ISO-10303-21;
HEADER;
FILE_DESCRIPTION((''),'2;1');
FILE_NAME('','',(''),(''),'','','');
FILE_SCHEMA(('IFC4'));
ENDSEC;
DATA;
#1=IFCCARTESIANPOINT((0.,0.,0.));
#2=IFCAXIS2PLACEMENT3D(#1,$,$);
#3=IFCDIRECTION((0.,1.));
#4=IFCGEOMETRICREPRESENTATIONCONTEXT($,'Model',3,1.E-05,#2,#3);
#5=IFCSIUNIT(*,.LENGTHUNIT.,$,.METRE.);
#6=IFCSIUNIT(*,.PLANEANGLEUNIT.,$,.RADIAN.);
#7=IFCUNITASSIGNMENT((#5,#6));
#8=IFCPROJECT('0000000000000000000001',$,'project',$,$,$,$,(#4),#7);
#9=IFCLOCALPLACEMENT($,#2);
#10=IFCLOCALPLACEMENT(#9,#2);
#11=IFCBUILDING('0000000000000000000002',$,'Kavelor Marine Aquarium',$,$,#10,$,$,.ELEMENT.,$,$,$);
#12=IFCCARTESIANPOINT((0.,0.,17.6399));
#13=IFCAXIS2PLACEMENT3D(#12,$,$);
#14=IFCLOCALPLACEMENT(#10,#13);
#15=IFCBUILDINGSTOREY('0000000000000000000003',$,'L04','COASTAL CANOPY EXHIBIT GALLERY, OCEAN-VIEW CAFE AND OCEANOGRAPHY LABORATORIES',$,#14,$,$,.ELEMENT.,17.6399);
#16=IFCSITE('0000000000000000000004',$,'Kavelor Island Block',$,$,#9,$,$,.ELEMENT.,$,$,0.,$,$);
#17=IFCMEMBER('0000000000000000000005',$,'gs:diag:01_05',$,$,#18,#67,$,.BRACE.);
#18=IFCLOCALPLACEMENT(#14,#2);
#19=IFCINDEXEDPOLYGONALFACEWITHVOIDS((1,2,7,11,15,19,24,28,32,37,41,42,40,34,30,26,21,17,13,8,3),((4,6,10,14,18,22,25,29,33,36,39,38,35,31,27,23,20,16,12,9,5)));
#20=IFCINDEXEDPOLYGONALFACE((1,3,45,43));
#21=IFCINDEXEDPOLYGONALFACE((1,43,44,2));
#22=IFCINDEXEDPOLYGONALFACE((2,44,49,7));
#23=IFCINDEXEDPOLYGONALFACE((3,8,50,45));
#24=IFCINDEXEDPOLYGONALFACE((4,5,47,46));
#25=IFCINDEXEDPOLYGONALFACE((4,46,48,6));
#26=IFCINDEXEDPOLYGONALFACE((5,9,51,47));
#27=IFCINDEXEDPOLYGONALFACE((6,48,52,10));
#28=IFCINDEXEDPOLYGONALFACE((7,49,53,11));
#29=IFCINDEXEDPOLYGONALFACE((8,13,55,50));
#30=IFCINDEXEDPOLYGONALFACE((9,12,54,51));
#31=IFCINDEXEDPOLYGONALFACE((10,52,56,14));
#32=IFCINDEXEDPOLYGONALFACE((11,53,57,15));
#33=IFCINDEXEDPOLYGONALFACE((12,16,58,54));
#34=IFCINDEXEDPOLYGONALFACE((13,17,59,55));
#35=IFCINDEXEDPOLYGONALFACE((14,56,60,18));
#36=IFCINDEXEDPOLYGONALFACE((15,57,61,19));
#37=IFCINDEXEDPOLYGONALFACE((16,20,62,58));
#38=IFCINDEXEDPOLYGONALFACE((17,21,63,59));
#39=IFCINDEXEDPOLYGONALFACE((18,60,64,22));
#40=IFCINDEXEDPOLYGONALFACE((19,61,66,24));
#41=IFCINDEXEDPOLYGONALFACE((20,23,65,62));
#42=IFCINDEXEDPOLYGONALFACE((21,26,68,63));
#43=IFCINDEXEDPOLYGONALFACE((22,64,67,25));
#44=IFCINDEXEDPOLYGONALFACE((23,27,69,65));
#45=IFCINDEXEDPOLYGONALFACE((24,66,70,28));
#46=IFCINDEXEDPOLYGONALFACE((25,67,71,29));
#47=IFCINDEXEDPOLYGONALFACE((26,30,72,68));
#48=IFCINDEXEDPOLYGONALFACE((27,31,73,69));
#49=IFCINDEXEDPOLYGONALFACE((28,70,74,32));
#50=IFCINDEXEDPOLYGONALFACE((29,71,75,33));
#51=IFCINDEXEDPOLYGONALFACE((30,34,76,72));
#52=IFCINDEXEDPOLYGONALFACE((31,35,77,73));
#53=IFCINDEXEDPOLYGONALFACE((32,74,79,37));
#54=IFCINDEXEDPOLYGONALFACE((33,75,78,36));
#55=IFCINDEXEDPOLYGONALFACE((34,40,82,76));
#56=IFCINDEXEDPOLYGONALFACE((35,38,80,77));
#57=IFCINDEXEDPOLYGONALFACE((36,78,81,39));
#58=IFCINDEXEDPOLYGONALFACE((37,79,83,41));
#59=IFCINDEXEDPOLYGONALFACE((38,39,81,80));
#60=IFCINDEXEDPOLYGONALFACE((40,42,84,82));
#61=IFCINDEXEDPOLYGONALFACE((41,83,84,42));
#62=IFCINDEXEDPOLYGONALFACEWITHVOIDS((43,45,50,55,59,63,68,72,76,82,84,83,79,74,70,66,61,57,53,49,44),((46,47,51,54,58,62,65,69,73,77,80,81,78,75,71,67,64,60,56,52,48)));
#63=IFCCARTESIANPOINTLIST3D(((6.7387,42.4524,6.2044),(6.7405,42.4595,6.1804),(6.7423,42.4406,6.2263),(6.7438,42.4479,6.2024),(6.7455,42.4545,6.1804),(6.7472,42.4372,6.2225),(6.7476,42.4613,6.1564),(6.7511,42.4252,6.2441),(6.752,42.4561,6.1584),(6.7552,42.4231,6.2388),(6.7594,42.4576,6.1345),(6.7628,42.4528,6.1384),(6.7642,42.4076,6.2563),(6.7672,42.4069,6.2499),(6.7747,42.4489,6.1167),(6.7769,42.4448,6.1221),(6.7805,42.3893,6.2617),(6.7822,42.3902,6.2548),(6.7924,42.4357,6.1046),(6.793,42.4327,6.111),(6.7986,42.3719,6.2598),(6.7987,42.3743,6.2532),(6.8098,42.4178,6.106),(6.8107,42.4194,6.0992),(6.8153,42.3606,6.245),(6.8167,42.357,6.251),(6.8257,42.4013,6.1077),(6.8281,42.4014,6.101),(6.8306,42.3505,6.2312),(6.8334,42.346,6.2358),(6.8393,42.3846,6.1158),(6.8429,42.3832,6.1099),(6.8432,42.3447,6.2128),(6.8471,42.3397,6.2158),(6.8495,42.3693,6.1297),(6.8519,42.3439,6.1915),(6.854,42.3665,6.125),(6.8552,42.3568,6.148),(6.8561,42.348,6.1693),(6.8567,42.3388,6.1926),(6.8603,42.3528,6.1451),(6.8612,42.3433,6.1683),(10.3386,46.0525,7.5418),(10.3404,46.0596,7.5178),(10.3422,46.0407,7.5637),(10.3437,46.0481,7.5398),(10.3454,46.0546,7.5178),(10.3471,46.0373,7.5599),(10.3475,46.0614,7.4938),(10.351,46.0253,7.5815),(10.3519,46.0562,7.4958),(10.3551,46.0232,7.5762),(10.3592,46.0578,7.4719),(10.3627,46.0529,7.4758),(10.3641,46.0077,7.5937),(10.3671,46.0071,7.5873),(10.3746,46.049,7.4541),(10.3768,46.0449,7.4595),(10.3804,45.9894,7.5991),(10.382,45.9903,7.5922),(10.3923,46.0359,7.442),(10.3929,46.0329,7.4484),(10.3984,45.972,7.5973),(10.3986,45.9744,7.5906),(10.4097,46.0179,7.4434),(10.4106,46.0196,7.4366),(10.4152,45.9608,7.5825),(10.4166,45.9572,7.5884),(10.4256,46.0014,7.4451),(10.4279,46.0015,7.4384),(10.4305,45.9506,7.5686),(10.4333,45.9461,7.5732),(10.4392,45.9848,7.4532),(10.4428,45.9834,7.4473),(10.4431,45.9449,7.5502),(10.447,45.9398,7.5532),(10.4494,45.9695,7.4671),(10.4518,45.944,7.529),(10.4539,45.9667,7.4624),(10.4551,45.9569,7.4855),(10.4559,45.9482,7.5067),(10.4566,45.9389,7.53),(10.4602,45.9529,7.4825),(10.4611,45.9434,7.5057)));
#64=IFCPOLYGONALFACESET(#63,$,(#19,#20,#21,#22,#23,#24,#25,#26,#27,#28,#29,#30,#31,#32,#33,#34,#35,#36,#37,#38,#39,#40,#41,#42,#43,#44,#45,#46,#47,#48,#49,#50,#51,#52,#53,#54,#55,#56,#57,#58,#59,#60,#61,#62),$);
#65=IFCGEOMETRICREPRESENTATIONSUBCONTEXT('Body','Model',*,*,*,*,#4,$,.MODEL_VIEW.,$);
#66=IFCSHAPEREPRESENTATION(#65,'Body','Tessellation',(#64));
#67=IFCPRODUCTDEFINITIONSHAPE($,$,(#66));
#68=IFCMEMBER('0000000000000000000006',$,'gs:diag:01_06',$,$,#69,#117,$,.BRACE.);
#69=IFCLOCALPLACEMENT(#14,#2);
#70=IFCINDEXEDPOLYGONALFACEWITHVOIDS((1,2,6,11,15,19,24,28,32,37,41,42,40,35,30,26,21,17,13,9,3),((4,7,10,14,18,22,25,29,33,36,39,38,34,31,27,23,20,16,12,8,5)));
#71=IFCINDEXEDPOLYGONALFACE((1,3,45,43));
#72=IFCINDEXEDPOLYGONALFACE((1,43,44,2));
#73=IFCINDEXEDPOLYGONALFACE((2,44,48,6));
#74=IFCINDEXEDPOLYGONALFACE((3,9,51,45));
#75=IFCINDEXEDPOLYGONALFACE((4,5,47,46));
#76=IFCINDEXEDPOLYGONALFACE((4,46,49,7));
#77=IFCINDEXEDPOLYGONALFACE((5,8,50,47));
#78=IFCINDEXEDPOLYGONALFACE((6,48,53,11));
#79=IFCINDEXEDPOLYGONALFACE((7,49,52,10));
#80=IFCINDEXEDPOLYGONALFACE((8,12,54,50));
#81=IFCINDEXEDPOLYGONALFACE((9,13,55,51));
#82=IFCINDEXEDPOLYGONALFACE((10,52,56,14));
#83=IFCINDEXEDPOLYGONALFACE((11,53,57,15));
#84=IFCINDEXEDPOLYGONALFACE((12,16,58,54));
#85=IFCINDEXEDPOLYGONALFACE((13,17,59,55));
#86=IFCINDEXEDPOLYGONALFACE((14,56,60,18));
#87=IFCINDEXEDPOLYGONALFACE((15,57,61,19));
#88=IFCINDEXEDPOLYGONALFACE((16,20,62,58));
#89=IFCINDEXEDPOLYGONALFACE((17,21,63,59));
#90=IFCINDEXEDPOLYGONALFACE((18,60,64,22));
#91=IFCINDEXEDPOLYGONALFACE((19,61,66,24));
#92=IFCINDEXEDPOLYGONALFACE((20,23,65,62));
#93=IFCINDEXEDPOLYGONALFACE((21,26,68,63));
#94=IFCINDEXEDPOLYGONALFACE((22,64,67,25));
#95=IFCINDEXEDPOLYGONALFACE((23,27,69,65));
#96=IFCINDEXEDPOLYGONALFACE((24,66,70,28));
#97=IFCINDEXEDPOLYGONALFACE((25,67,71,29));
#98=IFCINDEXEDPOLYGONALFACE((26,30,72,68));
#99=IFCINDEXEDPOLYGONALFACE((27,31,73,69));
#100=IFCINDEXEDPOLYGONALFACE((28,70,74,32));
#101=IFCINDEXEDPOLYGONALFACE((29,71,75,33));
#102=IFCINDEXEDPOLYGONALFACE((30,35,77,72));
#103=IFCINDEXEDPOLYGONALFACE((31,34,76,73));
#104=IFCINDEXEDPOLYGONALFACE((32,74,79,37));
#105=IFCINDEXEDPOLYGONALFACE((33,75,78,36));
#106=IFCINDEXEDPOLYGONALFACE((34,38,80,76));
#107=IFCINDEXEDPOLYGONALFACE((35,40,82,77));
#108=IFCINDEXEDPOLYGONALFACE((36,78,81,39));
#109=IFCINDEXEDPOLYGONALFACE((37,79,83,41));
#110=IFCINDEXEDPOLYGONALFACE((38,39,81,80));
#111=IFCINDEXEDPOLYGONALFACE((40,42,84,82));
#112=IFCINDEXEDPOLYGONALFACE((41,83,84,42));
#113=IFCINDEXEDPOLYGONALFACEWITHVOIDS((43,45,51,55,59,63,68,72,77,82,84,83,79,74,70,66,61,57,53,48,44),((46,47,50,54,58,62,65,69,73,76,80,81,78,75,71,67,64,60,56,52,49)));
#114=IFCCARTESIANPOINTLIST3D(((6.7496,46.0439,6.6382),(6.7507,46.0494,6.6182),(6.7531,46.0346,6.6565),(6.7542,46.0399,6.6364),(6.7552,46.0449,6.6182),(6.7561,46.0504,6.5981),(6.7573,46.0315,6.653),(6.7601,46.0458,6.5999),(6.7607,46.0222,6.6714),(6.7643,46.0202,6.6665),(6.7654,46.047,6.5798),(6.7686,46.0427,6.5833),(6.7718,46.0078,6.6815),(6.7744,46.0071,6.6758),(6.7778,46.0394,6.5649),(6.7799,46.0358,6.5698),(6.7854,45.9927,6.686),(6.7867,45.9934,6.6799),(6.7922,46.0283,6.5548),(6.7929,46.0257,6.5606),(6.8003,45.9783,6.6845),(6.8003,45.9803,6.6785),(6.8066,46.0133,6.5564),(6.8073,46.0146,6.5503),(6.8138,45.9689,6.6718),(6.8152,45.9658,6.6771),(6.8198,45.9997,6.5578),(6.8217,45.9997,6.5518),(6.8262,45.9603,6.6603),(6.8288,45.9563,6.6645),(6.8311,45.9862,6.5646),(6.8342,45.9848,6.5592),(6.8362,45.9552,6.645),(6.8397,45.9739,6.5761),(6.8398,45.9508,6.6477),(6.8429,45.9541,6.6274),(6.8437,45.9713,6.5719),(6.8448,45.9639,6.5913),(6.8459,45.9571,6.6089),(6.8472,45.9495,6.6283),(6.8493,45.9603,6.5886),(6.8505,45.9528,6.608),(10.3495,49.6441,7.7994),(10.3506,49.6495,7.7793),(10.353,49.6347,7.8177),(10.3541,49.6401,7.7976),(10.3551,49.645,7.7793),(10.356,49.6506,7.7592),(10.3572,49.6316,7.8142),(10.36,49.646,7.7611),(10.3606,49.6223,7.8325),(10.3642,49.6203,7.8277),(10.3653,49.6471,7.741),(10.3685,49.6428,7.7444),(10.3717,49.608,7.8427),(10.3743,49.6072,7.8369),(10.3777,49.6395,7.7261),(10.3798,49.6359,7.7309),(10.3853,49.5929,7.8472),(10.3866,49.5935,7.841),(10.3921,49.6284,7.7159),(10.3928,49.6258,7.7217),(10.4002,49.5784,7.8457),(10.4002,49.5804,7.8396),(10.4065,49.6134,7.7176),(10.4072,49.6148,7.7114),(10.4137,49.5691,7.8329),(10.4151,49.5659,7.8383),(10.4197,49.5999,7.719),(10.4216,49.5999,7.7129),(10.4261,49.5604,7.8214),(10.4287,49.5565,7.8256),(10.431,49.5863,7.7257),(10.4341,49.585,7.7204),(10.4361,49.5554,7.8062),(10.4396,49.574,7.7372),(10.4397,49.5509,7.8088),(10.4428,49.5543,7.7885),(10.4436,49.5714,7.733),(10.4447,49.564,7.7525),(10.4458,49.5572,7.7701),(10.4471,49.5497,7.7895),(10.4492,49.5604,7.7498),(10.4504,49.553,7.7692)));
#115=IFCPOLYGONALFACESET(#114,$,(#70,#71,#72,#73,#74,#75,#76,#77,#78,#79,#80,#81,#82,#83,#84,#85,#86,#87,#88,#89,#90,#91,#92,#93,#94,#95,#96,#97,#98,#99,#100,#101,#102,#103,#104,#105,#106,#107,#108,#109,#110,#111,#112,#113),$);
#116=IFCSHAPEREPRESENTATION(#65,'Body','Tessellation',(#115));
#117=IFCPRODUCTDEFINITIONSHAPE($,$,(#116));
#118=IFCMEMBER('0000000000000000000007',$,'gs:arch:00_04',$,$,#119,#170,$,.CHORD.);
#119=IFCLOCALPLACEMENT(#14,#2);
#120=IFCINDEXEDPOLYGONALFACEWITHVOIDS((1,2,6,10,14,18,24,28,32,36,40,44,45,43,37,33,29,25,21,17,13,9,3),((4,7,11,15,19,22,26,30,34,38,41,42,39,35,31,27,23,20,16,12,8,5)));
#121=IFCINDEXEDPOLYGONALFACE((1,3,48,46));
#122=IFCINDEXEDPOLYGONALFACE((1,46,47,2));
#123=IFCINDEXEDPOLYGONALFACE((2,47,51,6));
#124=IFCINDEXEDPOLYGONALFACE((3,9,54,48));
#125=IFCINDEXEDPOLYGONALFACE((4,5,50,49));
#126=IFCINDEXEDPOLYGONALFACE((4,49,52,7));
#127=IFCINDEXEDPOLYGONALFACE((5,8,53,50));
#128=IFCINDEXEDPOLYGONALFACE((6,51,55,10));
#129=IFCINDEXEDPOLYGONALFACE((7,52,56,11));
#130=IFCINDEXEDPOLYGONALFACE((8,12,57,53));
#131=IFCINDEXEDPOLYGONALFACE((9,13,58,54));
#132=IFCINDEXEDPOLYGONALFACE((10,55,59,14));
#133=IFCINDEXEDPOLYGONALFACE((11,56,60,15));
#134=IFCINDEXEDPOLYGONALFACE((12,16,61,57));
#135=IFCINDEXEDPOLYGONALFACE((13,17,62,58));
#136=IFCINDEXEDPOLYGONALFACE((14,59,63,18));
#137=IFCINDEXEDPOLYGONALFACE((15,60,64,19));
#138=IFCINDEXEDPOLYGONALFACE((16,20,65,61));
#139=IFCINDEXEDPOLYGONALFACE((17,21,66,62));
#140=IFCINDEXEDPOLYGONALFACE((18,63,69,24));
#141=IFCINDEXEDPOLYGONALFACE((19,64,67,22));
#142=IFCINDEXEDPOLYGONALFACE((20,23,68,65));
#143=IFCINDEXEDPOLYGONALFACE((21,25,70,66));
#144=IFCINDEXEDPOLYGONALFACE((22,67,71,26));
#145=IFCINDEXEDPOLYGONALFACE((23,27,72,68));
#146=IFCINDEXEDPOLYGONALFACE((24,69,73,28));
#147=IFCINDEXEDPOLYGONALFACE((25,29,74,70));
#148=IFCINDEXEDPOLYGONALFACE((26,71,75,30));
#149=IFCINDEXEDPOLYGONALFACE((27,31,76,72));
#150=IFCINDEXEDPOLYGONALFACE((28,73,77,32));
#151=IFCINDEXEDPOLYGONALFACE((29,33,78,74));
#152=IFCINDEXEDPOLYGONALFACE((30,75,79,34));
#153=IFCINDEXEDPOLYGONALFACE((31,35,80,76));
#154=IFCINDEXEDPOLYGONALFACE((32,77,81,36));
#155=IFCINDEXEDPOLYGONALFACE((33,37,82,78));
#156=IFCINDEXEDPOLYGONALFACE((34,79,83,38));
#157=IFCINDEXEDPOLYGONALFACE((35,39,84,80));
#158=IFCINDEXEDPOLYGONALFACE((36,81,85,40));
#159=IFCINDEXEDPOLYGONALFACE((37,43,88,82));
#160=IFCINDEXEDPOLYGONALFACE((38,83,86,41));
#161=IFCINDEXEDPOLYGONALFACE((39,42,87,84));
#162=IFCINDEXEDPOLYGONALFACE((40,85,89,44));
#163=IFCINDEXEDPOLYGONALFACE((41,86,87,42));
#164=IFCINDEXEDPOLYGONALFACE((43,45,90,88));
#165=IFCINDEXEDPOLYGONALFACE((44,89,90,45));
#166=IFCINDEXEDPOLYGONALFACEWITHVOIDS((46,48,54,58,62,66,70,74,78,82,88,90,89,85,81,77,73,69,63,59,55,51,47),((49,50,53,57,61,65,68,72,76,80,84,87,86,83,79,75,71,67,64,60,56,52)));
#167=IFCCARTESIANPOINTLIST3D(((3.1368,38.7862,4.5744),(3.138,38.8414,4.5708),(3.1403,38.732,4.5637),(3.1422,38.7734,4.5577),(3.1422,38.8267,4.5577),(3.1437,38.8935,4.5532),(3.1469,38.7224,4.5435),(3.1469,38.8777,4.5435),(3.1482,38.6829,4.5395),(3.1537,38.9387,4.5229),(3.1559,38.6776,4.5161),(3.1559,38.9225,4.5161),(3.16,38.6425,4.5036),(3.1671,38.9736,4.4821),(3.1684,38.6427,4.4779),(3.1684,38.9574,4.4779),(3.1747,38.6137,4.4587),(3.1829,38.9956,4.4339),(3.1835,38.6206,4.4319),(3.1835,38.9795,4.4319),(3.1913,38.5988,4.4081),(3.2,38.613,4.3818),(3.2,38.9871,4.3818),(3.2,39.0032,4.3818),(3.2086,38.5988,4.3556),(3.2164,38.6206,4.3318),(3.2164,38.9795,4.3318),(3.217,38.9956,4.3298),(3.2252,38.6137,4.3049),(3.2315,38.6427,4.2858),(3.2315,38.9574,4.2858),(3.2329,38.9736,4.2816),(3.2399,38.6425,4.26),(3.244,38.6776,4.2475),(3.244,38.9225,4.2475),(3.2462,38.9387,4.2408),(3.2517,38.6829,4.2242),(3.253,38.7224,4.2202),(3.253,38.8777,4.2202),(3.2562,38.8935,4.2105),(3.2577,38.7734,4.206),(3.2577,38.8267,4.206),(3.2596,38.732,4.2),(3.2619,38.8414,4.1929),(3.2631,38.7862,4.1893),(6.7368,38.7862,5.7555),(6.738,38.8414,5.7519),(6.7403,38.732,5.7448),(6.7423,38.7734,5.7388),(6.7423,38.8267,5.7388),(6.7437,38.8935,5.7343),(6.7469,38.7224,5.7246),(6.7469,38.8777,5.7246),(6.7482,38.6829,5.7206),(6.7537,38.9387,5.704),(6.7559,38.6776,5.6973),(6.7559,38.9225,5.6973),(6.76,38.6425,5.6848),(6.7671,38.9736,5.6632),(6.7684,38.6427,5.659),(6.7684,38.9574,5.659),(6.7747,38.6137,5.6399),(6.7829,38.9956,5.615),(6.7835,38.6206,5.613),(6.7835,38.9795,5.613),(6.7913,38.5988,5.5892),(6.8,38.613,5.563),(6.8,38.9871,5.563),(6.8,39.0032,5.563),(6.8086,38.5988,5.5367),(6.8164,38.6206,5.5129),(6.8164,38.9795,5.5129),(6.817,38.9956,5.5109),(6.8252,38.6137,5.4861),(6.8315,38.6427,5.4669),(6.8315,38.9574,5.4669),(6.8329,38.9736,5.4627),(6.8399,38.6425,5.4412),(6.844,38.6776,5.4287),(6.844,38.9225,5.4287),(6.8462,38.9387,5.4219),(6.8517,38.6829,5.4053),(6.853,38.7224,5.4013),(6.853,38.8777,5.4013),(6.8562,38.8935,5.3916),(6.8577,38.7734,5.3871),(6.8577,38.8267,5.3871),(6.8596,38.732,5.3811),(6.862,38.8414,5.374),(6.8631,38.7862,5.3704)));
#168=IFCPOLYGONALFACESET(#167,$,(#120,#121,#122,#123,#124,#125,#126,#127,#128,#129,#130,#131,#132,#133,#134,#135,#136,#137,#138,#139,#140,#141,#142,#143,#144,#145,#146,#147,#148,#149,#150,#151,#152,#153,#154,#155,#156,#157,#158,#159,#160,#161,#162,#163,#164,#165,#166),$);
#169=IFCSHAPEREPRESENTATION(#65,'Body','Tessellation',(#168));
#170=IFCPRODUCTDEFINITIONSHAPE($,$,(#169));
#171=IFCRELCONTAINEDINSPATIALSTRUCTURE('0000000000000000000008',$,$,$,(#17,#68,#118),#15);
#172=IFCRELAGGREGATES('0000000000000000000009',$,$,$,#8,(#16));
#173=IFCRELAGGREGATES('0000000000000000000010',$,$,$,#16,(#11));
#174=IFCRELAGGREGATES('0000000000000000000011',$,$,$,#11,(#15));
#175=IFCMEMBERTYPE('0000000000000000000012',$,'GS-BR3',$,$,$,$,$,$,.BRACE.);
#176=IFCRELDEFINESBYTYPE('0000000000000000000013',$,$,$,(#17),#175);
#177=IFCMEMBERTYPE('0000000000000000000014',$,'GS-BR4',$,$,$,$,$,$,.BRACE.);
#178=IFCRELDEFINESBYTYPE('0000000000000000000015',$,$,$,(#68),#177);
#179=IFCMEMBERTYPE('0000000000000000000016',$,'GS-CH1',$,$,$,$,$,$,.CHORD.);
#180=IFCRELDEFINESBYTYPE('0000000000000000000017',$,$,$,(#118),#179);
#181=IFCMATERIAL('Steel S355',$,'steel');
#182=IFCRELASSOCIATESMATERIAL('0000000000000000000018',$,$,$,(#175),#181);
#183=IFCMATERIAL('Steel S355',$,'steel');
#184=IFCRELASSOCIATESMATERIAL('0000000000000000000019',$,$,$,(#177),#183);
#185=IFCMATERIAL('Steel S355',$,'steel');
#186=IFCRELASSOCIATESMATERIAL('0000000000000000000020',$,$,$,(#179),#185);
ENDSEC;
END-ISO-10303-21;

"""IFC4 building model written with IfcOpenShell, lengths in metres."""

from ifc_helpers import new_model, si_unit, direction, frame, origin, origin_2d, place, context, subcontext, project, spatial, hollow_circle, extrude, material, material_profile, profile_set, type_object, element, save


model = new_model("IFC4")

# Units and contexts
model_context = context("Model", 3, precision=1e-05, world=origin(), true_north=direction((0.0, 1.0)))
body_context = subcontext(model_context, "Body", "Model", "MODEL_VIEW")
ifc_project = project(units=[si_unit("LENGTHUNIT", "METRE"), si_unit("PLANEANGLEUNIT", "RADIAN")], contexts=[model_context])

# Site, building, storey
site_placement = place(None, origin())
site = spatial("IfcSite", under=ifc_project, at=site_placement, Name="Kavelor Island Block", CompositionType="ELEMENT", RefElevation=0.0)
building_placement = place(site_placement, origin())
building = spatial("IfcBuilding", under=site, at=building_placement, Name="Kavelor Marine Aquarium", CompositionType="ELEMENT")
storey_placement = place(building_placement, frame((0.0, 0.0, 17.6399)))
storey = spatial("IfcBuildingStorey", under=building, at=storey_placement, Name="L04", Description="COASTAL CANOPY EXHIBIT GALLERY, OCEAN-VIEW CAFE AND OCEANOGRAPHY LABORATORIES", CompositionType="ELEMENT", Elevation=17.6399)

# Members
ifc_material_1 = material(Name="Steel S355", Category="steel")
ifc_material_profile_1 = material_profile(ifc_material_1, hollow_circle(Radius=0.0842, WallThickness=0.0071, at=origin_2d()), Name="CHS 168.3x7.1")
ifc_profile_set_1 = profile_set([ifc_material_profile_1], Name="Steel S355")
member_type_1 = type_object("IfcMemberType", Name="GS-BR3", PredefinedType="BRACE", material=ifc_profile_set_1)
member_1_placement = place(storey_placement, frame((6.8, 42.3999, 6.1804), z_axis=(0.68388, 0.683926, 0.254072), x_axis=(-0.707131, 0.707083, 0.0)))
element("IfcMember", 1, at=member_1_placement, inside=storey, type_object=member_type_1, Name="gs:diag:01_05", PredefinedType="BRACE", context=body_context, shape_type="SweptSolid", body=[
    extrude(hollow_circle(Radius=0.0842, WallThickness=0.0071, at=origin_2d()), origin(), (0.0, 0.0, 1.0), 5.2639),
])
ifc_material_2 = material(Name="Steel S355", Category="steel")
ifc_material_profile_2 = material_profile(ifc_material_2, hollow_circle(Radius=0.0698, WallThickness=0.0063, at=origin_2d()), Name="CHS 139.7x6.3")
ifc_profile_set_2 = profile_set([ifc_material_profile_2], Name="Steel S355")
member_type_2 = type_object("IfcMemberType", Name="GS-BR4", PredefinedType="BRACE", material=ifc_profile_set_2)
member_2_placement = place(storey_placement, frame((6.8, 46.0, 6.6182), z_axis=(0.689381, 0.689428, 0.22236), x_axis=(-0.707131, 0.707083, 0.0)))
element("IfcMember", 2, at=member_2_placement, inside=storey, type_object=member_type_2, Name="gs:diag:01_06", PredefinedType="BRACE", context=body_context, shape_type="SweptSolid", body=[
    extrude(hollow_circle(Radius=0.0698, WallThickness=0.0063, at=origin_2d()), origin(), (0.0, 0.0, 1.0), 5.2219),
])
ifc_material_3 = material(Name="Steel S355", Category="steel")
ifc_material_profile_3 = material_profile(ifc_material_3, hollow_circle(Radius=0.2031, WallThickness=0.0161, at=origin_2d()), Name="CHS 406.4x16.0")
ifc_profile_set_3 = profile_set([ifc_material_profile_3], Name="Steel S355")
member_type_3 = type_object("IfcMemberType", Name="GS-CH1", PredefinedType="CHORD", material=ifc_profile_set_3)
member_3_placement = place(storey_placement, frame((3.2, 38.8, 4.3818), z_axis=(0.950168, 0.0, 0.31174), x_axis=(0.0, 1.0, 0.0)))
element("IfcMember", 3, at=member_3_placement, inside=storey, type_object=member_type_3, Name="gs:arch:00_04", PredefinedType="CHORD", context=body_context, shape_type="SweptSolid", body=[
    extrude(hollow_circle(Radius=0.2031, WallThickness=0.0161, at=origin_2d()), origin(), (0.0, 0.0, 1.0), 3.7888),
])

save(model, "model.ifc")
